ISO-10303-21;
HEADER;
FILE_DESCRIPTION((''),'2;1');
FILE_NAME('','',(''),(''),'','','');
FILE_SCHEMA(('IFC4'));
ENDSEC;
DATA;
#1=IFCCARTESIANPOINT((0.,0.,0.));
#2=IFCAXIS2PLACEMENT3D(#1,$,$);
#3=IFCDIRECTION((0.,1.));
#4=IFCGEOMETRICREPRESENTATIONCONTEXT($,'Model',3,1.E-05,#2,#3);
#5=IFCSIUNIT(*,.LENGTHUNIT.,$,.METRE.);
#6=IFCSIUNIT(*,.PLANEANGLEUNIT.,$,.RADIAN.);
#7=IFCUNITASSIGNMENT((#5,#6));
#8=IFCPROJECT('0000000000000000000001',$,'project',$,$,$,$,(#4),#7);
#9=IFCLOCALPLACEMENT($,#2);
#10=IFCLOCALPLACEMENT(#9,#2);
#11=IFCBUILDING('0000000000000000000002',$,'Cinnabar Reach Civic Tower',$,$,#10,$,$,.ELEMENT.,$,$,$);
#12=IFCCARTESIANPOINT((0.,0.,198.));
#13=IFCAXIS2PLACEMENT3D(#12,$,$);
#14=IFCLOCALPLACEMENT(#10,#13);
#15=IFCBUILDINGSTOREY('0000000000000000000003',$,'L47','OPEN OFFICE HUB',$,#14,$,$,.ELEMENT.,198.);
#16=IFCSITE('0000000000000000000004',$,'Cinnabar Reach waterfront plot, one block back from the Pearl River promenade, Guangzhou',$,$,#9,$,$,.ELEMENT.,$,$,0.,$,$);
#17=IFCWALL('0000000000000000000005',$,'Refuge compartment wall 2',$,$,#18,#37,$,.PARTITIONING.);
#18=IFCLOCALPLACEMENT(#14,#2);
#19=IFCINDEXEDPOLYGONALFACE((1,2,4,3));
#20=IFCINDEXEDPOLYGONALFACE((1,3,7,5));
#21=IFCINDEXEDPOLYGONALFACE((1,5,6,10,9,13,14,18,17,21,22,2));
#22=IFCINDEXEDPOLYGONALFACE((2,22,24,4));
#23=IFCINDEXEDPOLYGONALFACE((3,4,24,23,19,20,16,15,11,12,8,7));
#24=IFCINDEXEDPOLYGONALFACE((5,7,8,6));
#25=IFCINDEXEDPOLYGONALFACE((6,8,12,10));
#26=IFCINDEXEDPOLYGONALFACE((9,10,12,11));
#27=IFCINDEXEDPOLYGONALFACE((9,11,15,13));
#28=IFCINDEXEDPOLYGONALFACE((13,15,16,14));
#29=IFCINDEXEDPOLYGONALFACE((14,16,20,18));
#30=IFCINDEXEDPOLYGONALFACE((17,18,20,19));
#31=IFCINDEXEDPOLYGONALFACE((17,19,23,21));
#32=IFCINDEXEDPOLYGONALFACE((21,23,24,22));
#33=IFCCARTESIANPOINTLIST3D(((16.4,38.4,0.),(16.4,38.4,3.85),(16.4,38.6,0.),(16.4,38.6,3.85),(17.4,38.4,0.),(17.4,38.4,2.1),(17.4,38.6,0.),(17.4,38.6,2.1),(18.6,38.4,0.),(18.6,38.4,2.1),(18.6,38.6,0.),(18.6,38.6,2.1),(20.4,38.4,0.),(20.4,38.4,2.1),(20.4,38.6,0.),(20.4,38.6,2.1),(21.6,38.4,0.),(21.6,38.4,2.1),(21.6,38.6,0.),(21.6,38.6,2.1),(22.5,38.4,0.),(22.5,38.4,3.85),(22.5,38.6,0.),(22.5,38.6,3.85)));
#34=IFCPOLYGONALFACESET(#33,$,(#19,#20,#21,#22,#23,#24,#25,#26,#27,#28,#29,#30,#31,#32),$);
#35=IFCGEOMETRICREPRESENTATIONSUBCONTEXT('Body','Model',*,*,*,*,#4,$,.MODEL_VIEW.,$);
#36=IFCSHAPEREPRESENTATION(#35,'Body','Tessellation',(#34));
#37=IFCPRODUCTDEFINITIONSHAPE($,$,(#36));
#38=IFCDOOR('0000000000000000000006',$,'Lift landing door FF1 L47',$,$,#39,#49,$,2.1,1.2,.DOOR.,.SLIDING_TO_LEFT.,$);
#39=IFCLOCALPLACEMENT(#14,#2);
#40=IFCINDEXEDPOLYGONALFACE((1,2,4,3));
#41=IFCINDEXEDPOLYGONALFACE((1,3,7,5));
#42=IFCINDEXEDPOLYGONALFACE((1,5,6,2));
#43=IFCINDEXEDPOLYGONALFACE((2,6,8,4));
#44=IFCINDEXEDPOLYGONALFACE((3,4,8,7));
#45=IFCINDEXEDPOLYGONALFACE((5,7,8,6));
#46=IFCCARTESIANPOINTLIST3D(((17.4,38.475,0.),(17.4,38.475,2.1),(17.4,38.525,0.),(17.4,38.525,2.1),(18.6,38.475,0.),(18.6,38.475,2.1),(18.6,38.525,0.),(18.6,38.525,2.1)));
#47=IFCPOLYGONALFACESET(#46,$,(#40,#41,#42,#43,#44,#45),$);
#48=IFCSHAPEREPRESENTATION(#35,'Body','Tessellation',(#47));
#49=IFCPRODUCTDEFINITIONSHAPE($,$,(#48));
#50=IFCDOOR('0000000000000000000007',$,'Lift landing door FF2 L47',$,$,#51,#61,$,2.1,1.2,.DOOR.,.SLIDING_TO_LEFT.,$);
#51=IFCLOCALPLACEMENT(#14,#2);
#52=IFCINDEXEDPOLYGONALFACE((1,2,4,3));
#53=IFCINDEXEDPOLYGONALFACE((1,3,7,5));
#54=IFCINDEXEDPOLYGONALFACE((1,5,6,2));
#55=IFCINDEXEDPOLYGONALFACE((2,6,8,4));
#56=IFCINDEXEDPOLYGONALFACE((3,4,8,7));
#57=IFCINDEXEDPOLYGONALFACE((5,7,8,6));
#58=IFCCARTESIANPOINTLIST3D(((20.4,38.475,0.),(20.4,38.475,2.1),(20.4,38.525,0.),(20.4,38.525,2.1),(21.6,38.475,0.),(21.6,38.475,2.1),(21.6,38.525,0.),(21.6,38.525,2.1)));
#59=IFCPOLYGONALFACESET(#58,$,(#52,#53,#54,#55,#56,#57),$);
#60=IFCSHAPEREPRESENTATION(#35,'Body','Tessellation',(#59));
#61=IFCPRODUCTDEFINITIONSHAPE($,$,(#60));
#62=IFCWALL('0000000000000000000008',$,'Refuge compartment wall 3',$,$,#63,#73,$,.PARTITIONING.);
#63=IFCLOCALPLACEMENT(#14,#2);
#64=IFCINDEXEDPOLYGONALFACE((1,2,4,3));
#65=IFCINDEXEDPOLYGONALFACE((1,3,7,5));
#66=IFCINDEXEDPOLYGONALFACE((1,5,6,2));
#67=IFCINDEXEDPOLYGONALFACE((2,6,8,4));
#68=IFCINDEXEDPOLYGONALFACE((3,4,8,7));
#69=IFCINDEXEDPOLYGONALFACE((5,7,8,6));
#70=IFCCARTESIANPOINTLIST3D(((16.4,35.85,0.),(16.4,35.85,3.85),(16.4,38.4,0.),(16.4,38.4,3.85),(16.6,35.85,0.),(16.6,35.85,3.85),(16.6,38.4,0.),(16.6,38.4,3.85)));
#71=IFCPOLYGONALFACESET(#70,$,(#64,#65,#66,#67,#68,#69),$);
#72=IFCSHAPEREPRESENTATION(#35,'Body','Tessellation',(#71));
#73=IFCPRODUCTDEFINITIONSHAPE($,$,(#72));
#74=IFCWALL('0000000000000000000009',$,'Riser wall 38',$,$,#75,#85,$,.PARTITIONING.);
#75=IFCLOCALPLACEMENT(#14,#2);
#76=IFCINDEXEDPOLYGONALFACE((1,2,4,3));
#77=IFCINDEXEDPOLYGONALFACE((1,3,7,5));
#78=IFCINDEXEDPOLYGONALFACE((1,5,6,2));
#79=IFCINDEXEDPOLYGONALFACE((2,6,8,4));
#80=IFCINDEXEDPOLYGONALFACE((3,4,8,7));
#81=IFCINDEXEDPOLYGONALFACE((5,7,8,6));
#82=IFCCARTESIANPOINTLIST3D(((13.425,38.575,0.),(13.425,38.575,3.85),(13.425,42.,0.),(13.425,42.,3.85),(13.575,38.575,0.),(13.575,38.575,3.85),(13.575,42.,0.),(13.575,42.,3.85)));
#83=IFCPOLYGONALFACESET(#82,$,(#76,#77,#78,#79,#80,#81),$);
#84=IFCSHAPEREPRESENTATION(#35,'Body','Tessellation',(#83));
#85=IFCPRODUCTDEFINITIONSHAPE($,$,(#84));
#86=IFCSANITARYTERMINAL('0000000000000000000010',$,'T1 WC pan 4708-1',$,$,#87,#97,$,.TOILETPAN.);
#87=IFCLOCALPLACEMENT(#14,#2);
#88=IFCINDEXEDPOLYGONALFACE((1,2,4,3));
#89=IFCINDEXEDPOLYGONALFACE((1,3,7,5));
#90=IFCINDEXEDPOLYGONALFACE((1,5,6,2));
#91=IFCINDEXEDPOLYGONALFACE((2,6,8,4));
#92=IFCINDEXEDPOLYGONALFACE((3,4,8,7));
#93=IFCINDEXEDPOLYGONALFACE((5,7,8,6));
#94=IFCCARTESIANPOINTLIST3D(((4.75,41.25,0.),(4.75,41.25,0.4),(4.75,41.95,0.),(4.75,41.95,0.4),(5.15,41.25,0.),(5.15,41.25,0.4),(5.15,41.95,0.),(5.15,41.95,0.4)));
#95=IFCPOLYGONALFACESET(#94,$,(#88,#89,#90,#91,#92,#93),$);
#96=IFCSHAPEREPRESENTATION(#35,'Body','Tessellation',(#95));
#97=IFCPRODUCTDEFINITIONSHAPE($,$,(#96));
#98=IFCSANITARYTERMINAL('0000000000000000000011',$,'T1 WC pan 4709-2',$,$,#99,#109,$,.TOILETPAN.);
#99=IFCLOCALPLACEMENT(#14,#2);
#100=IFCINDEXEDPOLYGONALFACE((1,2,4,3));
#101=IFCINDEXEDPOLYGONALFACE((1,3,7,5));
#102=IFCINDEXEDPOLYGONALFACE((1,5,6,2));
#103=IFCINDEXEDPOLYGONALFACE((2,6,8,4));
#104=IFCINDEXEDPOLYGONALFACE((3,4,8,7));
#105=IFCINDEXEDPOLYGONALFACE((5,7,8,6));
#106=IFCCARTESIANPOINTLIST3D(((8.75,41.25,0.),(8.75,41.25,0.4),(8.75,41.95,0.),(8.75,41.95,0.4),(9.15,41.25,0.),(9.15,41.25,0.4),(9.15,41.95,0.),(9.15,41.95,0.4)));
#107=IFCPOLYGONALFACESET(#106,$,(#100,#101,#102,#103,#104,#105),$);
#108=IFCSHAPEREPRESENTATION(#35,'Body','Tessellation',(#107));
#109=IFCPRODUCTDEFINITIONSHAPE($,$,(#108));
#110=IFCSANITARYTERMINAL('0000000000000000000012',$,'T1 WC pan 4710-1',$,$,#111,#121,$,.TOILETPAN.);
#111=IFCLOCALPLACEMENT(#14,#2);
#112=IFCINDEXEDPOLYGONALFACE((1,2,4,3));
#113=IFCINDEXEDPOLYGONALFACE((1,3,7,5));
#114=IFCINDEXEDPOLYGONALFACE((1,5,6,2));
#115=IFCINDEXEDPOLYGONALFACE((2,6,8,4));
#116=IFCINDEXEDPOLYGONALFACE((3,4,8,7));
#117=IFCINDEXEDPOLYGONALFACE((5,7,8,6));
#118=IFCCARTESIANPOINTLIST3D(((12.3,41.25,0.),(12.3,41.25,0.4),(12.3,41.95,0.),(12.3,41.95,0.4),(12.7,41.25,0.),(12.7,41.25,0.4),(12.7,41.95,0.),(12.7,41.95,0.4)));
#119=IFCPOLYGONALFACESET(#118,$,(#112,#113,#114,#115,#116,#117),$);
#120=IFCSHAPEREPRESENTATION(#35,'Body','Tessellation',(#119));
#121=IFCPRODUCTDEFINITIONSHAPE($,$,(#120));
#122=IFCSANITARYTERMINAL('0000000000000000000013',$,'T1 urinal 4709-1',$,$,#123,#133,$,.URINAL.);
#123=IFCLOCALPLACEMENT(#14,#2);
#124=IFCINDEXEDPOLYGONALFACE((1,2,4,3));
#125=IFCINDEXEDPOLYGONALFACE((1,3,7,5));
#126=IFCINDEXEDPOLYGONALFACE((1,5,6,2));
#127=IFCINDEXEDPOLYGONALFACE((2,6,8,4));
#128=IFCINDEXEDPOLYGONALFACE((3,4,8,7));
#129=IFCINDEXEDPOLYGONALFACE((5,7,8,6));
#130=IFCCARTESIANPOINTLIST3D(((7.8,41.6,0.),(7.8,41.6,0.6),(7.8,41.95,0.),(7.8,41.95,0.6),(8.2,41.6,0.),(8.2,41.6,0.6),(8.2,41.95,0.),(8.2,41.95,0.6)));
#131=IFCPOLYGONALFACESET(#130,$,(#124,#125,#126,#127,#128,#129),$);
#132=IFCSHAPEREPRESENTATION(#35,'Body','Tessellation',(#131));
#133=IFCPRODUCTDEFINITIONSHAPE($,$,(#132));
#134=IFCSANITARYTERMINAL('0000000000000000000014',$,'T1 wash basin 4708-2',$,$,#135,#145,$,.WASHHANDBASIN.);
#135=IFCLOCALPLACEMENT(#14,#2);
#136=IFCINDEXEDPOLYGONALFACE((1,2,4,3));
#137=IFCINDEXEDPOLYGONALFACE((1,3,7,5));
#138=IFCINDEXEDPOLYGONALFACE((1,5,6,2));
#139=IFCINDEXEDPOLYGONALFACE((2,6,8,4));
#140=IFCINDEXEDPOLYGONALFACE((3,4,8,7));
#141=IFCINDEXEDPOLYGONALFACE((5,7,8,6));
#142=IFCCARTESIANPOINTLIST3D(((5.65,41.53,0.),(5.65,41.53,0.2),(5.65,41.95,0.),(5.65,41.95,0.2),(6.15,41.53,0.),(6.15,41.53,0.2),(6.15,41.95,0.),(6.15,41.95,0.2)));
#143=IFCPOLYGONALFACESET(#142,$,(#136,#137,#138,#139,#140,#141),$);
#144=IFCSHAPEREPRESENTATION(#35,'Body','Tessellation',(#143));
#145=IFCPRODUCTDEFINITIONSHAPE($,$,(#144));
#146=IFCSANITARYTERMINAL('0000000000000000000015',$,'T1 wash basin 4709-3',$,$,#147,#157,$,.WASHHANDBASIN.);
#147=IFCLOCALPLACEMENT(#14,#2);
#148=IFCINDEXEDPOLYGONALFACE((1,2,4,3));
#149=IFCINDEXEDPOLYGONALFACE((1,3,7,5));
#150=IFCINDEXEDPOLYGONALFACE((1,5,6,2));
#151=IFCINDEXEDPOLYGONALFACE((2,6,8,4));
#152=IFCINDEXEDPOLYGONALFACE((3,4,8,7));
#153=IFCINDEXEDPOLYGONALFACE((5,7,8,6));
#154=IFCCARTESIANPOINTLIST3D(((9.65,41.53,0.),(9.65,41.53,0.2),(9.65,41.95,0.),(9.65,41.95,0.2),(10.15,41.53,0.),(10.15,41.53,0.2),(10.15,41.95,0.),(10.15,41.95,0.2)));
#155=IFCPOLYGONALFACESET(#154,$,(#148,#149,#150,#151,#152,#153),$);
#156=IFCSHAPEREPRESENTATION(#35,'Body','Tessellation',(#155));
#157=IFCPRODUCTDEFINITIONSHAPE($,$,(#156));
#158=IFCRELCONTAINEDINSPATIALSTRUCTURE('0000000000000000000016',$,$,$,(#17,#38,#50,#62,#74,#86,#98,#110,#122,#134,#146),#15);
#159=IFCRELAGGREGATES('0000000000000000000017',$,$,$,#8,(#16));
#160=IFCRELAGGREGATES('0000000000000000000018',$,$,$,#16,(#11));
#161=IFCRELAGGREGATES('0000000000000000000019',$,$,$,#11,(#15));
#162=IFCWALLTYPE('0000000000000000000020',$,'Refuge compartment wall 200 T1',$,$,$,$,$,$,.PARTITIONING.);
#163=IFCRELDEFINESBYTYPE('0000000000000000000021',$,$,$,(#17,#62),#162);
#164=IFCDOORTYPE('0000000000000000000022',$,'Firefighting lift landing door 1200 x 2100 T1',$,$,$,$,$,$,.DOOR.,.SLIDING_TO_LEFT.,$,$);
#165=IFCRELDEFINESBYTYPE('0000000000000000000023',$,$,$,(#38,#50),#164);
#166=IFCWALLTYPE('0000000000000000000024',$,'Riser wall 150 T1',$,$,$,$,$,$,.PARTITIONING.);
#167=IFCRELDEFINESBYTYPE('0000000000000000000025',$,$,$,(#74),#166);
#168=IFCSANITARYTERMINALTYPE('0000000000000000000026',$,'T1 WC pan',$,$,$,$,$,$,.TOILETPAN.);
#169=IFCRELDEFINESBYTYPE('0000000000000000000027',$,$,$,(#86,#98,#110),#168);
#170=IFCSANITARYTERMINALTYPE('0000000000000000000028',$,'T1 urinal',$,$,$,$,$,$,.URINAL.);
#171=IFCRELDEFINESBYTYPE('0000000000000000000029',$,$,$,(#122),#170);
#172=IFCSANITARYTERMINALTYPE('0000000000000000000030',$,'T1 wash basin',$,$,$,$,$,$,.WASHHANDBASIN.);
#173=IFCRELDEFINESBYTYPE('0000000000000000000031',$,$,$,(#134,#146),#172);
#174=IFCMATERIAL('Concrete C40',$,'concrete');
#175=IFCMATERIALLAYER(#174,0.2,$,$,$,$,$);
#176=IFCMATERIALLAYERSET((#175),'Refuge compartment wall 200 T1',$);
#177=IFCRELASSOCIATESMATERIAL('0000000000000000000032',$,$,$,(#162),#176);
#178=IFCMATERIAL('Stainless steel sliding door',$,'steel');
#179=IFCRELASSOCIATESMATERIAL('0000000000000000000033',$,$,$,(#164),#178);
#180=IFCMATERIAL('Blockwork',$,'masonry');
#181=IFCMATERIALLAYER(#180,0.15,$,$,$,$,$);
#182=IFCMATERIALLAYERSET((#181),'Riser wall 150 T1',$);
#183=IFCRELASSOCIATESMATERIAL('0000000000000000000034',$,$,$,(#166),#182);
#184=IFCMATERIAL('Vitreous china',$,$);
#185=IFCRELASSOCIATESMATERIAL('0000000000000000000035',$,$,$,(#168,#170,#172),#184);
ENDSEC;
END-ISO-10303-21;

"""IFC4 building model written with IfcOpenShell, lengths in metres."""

from ifc_helpers import new_model, si_unit, direction, frame, frame_2d, origin, origin_2d, place, context, subcontext, project, spatial, rectangle, extrude, material, layer, layer_set, type_object, element, fill, save


model = new_model("IFC4")

# Units and contexts
model_context = context("Model", 3, precision=1e-05, world=origin(), true_north=direction((0.0, 1.0)))
body_context = subcontext(model_context, "Body", "Model", "MODEL_VIEW")
ifc_project = project(units=[si_unit("LENGTHUNIT", "METRE"), si_unit("PLANEANGLEUNIT", "RADIAN")], contexts=[model_context])

# Site, building, storey
site_placement = place(None, origin())
site = spatial("IfcSite", under=ifc_project, at=site_placement, Name="Cinnabar Reach waterfront plot, one block back from the Pearl River promenade, Guangzhou", CompositionType="ELEMENT", RefElevation=0.0)
building_placement = place(site_placement, origin())
building = spatial("IfcBuilding", under=site, at=building_placement, Name="Cinnabar Reach Civic Tower", CompositionType="ELEMENT")
storey_placement = place(building_placement, frame((0.0, 0.0, 198.0)))
storey = spatial("IfcBuildingStorey", under=building, at=storey_placement, Name="L47", Description="OPEN OFFICE HUB", CompositionType="ELEMENT", Elevation=198.0)

# Shared definitions
ifc_material_1 = material(Name="Blockwork", Category="masonry")
ifc_material_2 = material(Name="Stainless steel sliding door", Category="steel")

# Shared definitions
ifc_material_3 = material(Name="Concrete C40", Category="concrete")
ifc_layer_1 = layer(ifc_material_3, 0.2)
ifc_layer_set_1 = layer_set([ifc_layer_1], Name="Refuge compartment wall 200 T1")
wall_type_1 = type_object("IfcWallType", Name="Refuge compartment wall 200 T1", PredefinedType="PARTITIONING", material=ifc_layer_set_1)

# Wall, openings, doors
wall_1_placement = place(storey_placement, frame((16.4, 38.5, 0.0), z_axis=(0.0, 0.0, 1.0), x_axis=(1.0, 0.0, 0.0)))
wall_1 = element("IfcWall", 1, at=wall_1_placement, inside=storey, type_object=wall_type_1, Name="Refuge compartment wall 2", PredefinedType="PARTITIONING", context=body_context, shape_type="SweptSolid", body=[
    extrude(rectangle(XDim=6.1, YDim=0.2, at=frame_2d((3.05, 0.0))), origin(), (0.0, 0.0, 1.0), 3.85),
])
opening_1_placement = place(wall_1_placement, frame((1.0, 0.0, 0.0)))
opening_1 = element("IfcOpeningElement", 2, at=opening_1_placement, cuts=wall_1, PredefinedType="OPENING", context=body_context, shape_type="SweptSolid", body=[
    extrude(rectangle(XDim=1.2, YDim=2.1, at=frame_2d((0.6, 1.05))), frame((0.0, 0.11, 0.0), z_axis=(0.0, -1.0, 0.0), x_axis=(1.0, 0.0, 0.0)), (0.0, 0.0, 1.0), 0.22),
])
opening_2_placement = place(wall_1_placement, frame((4.0, 0.0, 0.0)))
opening_2 = element("IfcOpeningElement", 3, at=opening_2_placement, cuts=wall_1, PredefinedType="OPENING", context=body_context, shape_type="SweptSolid", body=[
    extrude(rectangle(XDim=1.2, YDim=2.1, at=frame_2d((0.6, 1.05))), frame((0.0, 0.11, 0.0), z_axis=(0.0, -1.0, 0.0), x_axis=(1.0, 0.0, 0.0)), (0.0, 0.0, 1.0), 0.22),
])
door_type_1 = type_object("IfcDoorType", Name="Firefighting lift landing door 1200 x 2100 T1", OperationType="SLIDING_TO_LEFT", PredefinedType="DOOR", material=ifc_material_2)
door_1_placement = place(opening_1_placement, origin())
door_1 = element("IfcDoor", 4, at=door_1_placement, inside=storey, type_object=door_type_1, Name="Lift landing door FF1 L47", OperationType="SLIDING_TO_LEFT", OverallHeight=2.1, OverallWidth=1.2, PredefinedType="DOOR", context=body_context, shape_type="SweptSolid", body=[
    extrude(rectangle(XDim=1.2, YDim=2.1, at=frame_2d((0.6, 1.05))), frame((0.0, 0.025, 0.0), z_axis=(0.0, -1.0, 0.0), x_axis=(1.0, 0.0, 0.0)), (0.0, 0.0, 1.0), 0.05),
])
fill(opening_1, door_1)
door_2_placement = place(opening_2_placement, origin())
door_2 = element("IfcDoor", 5, at=door_2_placement, inside=storey, type_object=door_type_1, Name="Lift landing door FF2 L47", OperationType="SLIDING_TO_LEFT", OverallHeight=2.1, OverallWidth=1.2, PredefinedType="DOOR", context=body_context, shape_type="SweptSolid", body=[
    extrude(rectangle(XDim=1.2, YDim=2.1, at=frame_2d((0.6, 1.05))), frame((0.0, 0.025, 0.0), z_axis=(0.0, -1.0, 0.0), x_axis=(1.0, 0.0, 0.0)), (0.0, 0.0, 1.0), 0.05),
])
fill(opening_2, door_2)

# Walls
wall_2_placement = place(storey_placement, frame((16.5, 35.85, 0.0), z_axis=(0.0, 0.0, 1.0), x_axis=(0.0, 1.0, 0.0)))
element("IfcWall", 6, at=wall_2_placement, inside=storey, type_object=wall_type_1, Name="Refuge compartment wall 3", PredefinedType="PARTITIONING", context=body_context, shape_type="SweptSolid", body=[
    extrude(rectangle(XDim=2.55, YDim=0.2, at=frame_2d((1.275, 0.0))), origin(), (0.0, 0.0, 1.0), 3.85),
])
ifc_layer_2 = layer(ifc_material_1, 0.15)
ifc_layer_set_2 = layer_set([ifc_layer_2], Name="Riser wall 150 T1")
wall_type_2 = type_object("IfcWallType", Name="Riser wall 150 T1", PredefinedType="PARTITIONING", material=ifc_layer_set_2)
wall_3_placement = place(storey_placement, frame((13.5, 38.575, 0.0), z_axis=(0.0, 0.0, 1.0), x_axis=(0.0, 1.0, 0.0)))
element("IfcWall", 7, at=wall_3_placement, inside=storey, type_object=wall_type_2, Name="Riser wall 38", PredefinedType="PARTITIONING", context=body_context, shape_type="SweptSolid", body=[
    extrude(rectangle(XDim=3.425, YDim=0.15, at=frame_2d((1.7125, 0.0))), origin(), (0.0, 0.0, 1.0), 3.85),
])

# Sanitary terminals
ifc_material_4 = material(Name="Vitreous china")
sanitary_terminal_type_1 = type_object("IfcSanitaryTerminalType", Name="T1 WC pan", PredefinedType="TOILETPAN", material=ifc_material_4)
for number, where, z_axis, x_axis, name in (
    (8, (4.95, 41.6, 0.0), (0.0, 0.0, 1.0), (1.0, 0.0, 0.0), "T1 WC pan 4708-1"),
    (9, (8.95, 41.6, 0.0), (0.0, 0.0, 1.0), (1.0, 0.0, 0.0), "T1 WC pan 4709-2"),
    (10, (12.5, 41.6, 0.0), (0.0, 0.0, 1.0), (1.0, 0.0, 0.0), "T1 WC pan 4710-1"),
):
    element("IfcSanitaryTerminal", number, at=place(storey_placement, frame(where, z_axis=z_axis, x_axis=x_axis)), inside=storey, type_object=sanitary_terminal_type_1, Name=name, PredefinedType="TOILETPAN", context=body_context, shape_type="SweptSolid", body=[
        extrude(rectangle(XDim=0.4, YDim=0.7, at=origin_2d()), origin(), (0.0, 0.0, 1.0), 0.4),
    ])
sanitary_terminal_type_2 = type_object("IfcSanitaryTerminalType", Name="T1 urinal", PredefinedType="URINAL", material=ifc_material_4)
sanitary_terminal_placement = place(storey_placement, frame((8.0, 41.775, 0.0), z_axis=(0.0, 0.0, 1.0), x_axis=(1.0, 0.0, 0.0)))
element("IfcSanitaryTerminal", 11, at=sanitary_terminal_placement, inside=storey, type_object=sanitary_terminal_type_2, Name="T1 urinal 4709-1", PredefinedType="URINAL", context=body_context, shape_type="SweptSolid", body=[
    extrude(rectangle(XDim=0.4, YDim=0.35, at=origin_2d()), origin(), (0.0, 0.0, 1.0), 0.6),
])
sanitary_terminal_type_3 = type_object("IfcSanitaryTerminalType", Name="T1 wash basin", PredefinedType="WASHHANDBASIN", material=ifc_material_4)
for number, where, z_axis, x_axis, name in (
    (12, (5.9, 41.74, 0.0), (0.0, 0.0, 1.0), (1.0, 0.0, 0.0), "T1 wash basin 4708-2"),
    (13, (9.9, 41.74, 0.0), (0.0, 0.0, 1.0), (1.0, 0.0, 0.0), "T1 wash basin 4709-3"),
):
    element("IfcSanitaryTerminal", number, at=place(storey_placement, frame(where, z_axis=z_axis, x_axis=x_axis)), inside=storey, type_object=sanitary_terminal_type_3, Name=name, PredefinedType="WASHHANDBASIN", context=body_context, shape_type="SweptSolid", body=[
        extrude(rectangle(XDim=0.5, YDim=0.42, at=origin_2d()), origin(), (0.0, 0.0, 1.0), 0.2),
    ])

save(model, "model.ifc")
